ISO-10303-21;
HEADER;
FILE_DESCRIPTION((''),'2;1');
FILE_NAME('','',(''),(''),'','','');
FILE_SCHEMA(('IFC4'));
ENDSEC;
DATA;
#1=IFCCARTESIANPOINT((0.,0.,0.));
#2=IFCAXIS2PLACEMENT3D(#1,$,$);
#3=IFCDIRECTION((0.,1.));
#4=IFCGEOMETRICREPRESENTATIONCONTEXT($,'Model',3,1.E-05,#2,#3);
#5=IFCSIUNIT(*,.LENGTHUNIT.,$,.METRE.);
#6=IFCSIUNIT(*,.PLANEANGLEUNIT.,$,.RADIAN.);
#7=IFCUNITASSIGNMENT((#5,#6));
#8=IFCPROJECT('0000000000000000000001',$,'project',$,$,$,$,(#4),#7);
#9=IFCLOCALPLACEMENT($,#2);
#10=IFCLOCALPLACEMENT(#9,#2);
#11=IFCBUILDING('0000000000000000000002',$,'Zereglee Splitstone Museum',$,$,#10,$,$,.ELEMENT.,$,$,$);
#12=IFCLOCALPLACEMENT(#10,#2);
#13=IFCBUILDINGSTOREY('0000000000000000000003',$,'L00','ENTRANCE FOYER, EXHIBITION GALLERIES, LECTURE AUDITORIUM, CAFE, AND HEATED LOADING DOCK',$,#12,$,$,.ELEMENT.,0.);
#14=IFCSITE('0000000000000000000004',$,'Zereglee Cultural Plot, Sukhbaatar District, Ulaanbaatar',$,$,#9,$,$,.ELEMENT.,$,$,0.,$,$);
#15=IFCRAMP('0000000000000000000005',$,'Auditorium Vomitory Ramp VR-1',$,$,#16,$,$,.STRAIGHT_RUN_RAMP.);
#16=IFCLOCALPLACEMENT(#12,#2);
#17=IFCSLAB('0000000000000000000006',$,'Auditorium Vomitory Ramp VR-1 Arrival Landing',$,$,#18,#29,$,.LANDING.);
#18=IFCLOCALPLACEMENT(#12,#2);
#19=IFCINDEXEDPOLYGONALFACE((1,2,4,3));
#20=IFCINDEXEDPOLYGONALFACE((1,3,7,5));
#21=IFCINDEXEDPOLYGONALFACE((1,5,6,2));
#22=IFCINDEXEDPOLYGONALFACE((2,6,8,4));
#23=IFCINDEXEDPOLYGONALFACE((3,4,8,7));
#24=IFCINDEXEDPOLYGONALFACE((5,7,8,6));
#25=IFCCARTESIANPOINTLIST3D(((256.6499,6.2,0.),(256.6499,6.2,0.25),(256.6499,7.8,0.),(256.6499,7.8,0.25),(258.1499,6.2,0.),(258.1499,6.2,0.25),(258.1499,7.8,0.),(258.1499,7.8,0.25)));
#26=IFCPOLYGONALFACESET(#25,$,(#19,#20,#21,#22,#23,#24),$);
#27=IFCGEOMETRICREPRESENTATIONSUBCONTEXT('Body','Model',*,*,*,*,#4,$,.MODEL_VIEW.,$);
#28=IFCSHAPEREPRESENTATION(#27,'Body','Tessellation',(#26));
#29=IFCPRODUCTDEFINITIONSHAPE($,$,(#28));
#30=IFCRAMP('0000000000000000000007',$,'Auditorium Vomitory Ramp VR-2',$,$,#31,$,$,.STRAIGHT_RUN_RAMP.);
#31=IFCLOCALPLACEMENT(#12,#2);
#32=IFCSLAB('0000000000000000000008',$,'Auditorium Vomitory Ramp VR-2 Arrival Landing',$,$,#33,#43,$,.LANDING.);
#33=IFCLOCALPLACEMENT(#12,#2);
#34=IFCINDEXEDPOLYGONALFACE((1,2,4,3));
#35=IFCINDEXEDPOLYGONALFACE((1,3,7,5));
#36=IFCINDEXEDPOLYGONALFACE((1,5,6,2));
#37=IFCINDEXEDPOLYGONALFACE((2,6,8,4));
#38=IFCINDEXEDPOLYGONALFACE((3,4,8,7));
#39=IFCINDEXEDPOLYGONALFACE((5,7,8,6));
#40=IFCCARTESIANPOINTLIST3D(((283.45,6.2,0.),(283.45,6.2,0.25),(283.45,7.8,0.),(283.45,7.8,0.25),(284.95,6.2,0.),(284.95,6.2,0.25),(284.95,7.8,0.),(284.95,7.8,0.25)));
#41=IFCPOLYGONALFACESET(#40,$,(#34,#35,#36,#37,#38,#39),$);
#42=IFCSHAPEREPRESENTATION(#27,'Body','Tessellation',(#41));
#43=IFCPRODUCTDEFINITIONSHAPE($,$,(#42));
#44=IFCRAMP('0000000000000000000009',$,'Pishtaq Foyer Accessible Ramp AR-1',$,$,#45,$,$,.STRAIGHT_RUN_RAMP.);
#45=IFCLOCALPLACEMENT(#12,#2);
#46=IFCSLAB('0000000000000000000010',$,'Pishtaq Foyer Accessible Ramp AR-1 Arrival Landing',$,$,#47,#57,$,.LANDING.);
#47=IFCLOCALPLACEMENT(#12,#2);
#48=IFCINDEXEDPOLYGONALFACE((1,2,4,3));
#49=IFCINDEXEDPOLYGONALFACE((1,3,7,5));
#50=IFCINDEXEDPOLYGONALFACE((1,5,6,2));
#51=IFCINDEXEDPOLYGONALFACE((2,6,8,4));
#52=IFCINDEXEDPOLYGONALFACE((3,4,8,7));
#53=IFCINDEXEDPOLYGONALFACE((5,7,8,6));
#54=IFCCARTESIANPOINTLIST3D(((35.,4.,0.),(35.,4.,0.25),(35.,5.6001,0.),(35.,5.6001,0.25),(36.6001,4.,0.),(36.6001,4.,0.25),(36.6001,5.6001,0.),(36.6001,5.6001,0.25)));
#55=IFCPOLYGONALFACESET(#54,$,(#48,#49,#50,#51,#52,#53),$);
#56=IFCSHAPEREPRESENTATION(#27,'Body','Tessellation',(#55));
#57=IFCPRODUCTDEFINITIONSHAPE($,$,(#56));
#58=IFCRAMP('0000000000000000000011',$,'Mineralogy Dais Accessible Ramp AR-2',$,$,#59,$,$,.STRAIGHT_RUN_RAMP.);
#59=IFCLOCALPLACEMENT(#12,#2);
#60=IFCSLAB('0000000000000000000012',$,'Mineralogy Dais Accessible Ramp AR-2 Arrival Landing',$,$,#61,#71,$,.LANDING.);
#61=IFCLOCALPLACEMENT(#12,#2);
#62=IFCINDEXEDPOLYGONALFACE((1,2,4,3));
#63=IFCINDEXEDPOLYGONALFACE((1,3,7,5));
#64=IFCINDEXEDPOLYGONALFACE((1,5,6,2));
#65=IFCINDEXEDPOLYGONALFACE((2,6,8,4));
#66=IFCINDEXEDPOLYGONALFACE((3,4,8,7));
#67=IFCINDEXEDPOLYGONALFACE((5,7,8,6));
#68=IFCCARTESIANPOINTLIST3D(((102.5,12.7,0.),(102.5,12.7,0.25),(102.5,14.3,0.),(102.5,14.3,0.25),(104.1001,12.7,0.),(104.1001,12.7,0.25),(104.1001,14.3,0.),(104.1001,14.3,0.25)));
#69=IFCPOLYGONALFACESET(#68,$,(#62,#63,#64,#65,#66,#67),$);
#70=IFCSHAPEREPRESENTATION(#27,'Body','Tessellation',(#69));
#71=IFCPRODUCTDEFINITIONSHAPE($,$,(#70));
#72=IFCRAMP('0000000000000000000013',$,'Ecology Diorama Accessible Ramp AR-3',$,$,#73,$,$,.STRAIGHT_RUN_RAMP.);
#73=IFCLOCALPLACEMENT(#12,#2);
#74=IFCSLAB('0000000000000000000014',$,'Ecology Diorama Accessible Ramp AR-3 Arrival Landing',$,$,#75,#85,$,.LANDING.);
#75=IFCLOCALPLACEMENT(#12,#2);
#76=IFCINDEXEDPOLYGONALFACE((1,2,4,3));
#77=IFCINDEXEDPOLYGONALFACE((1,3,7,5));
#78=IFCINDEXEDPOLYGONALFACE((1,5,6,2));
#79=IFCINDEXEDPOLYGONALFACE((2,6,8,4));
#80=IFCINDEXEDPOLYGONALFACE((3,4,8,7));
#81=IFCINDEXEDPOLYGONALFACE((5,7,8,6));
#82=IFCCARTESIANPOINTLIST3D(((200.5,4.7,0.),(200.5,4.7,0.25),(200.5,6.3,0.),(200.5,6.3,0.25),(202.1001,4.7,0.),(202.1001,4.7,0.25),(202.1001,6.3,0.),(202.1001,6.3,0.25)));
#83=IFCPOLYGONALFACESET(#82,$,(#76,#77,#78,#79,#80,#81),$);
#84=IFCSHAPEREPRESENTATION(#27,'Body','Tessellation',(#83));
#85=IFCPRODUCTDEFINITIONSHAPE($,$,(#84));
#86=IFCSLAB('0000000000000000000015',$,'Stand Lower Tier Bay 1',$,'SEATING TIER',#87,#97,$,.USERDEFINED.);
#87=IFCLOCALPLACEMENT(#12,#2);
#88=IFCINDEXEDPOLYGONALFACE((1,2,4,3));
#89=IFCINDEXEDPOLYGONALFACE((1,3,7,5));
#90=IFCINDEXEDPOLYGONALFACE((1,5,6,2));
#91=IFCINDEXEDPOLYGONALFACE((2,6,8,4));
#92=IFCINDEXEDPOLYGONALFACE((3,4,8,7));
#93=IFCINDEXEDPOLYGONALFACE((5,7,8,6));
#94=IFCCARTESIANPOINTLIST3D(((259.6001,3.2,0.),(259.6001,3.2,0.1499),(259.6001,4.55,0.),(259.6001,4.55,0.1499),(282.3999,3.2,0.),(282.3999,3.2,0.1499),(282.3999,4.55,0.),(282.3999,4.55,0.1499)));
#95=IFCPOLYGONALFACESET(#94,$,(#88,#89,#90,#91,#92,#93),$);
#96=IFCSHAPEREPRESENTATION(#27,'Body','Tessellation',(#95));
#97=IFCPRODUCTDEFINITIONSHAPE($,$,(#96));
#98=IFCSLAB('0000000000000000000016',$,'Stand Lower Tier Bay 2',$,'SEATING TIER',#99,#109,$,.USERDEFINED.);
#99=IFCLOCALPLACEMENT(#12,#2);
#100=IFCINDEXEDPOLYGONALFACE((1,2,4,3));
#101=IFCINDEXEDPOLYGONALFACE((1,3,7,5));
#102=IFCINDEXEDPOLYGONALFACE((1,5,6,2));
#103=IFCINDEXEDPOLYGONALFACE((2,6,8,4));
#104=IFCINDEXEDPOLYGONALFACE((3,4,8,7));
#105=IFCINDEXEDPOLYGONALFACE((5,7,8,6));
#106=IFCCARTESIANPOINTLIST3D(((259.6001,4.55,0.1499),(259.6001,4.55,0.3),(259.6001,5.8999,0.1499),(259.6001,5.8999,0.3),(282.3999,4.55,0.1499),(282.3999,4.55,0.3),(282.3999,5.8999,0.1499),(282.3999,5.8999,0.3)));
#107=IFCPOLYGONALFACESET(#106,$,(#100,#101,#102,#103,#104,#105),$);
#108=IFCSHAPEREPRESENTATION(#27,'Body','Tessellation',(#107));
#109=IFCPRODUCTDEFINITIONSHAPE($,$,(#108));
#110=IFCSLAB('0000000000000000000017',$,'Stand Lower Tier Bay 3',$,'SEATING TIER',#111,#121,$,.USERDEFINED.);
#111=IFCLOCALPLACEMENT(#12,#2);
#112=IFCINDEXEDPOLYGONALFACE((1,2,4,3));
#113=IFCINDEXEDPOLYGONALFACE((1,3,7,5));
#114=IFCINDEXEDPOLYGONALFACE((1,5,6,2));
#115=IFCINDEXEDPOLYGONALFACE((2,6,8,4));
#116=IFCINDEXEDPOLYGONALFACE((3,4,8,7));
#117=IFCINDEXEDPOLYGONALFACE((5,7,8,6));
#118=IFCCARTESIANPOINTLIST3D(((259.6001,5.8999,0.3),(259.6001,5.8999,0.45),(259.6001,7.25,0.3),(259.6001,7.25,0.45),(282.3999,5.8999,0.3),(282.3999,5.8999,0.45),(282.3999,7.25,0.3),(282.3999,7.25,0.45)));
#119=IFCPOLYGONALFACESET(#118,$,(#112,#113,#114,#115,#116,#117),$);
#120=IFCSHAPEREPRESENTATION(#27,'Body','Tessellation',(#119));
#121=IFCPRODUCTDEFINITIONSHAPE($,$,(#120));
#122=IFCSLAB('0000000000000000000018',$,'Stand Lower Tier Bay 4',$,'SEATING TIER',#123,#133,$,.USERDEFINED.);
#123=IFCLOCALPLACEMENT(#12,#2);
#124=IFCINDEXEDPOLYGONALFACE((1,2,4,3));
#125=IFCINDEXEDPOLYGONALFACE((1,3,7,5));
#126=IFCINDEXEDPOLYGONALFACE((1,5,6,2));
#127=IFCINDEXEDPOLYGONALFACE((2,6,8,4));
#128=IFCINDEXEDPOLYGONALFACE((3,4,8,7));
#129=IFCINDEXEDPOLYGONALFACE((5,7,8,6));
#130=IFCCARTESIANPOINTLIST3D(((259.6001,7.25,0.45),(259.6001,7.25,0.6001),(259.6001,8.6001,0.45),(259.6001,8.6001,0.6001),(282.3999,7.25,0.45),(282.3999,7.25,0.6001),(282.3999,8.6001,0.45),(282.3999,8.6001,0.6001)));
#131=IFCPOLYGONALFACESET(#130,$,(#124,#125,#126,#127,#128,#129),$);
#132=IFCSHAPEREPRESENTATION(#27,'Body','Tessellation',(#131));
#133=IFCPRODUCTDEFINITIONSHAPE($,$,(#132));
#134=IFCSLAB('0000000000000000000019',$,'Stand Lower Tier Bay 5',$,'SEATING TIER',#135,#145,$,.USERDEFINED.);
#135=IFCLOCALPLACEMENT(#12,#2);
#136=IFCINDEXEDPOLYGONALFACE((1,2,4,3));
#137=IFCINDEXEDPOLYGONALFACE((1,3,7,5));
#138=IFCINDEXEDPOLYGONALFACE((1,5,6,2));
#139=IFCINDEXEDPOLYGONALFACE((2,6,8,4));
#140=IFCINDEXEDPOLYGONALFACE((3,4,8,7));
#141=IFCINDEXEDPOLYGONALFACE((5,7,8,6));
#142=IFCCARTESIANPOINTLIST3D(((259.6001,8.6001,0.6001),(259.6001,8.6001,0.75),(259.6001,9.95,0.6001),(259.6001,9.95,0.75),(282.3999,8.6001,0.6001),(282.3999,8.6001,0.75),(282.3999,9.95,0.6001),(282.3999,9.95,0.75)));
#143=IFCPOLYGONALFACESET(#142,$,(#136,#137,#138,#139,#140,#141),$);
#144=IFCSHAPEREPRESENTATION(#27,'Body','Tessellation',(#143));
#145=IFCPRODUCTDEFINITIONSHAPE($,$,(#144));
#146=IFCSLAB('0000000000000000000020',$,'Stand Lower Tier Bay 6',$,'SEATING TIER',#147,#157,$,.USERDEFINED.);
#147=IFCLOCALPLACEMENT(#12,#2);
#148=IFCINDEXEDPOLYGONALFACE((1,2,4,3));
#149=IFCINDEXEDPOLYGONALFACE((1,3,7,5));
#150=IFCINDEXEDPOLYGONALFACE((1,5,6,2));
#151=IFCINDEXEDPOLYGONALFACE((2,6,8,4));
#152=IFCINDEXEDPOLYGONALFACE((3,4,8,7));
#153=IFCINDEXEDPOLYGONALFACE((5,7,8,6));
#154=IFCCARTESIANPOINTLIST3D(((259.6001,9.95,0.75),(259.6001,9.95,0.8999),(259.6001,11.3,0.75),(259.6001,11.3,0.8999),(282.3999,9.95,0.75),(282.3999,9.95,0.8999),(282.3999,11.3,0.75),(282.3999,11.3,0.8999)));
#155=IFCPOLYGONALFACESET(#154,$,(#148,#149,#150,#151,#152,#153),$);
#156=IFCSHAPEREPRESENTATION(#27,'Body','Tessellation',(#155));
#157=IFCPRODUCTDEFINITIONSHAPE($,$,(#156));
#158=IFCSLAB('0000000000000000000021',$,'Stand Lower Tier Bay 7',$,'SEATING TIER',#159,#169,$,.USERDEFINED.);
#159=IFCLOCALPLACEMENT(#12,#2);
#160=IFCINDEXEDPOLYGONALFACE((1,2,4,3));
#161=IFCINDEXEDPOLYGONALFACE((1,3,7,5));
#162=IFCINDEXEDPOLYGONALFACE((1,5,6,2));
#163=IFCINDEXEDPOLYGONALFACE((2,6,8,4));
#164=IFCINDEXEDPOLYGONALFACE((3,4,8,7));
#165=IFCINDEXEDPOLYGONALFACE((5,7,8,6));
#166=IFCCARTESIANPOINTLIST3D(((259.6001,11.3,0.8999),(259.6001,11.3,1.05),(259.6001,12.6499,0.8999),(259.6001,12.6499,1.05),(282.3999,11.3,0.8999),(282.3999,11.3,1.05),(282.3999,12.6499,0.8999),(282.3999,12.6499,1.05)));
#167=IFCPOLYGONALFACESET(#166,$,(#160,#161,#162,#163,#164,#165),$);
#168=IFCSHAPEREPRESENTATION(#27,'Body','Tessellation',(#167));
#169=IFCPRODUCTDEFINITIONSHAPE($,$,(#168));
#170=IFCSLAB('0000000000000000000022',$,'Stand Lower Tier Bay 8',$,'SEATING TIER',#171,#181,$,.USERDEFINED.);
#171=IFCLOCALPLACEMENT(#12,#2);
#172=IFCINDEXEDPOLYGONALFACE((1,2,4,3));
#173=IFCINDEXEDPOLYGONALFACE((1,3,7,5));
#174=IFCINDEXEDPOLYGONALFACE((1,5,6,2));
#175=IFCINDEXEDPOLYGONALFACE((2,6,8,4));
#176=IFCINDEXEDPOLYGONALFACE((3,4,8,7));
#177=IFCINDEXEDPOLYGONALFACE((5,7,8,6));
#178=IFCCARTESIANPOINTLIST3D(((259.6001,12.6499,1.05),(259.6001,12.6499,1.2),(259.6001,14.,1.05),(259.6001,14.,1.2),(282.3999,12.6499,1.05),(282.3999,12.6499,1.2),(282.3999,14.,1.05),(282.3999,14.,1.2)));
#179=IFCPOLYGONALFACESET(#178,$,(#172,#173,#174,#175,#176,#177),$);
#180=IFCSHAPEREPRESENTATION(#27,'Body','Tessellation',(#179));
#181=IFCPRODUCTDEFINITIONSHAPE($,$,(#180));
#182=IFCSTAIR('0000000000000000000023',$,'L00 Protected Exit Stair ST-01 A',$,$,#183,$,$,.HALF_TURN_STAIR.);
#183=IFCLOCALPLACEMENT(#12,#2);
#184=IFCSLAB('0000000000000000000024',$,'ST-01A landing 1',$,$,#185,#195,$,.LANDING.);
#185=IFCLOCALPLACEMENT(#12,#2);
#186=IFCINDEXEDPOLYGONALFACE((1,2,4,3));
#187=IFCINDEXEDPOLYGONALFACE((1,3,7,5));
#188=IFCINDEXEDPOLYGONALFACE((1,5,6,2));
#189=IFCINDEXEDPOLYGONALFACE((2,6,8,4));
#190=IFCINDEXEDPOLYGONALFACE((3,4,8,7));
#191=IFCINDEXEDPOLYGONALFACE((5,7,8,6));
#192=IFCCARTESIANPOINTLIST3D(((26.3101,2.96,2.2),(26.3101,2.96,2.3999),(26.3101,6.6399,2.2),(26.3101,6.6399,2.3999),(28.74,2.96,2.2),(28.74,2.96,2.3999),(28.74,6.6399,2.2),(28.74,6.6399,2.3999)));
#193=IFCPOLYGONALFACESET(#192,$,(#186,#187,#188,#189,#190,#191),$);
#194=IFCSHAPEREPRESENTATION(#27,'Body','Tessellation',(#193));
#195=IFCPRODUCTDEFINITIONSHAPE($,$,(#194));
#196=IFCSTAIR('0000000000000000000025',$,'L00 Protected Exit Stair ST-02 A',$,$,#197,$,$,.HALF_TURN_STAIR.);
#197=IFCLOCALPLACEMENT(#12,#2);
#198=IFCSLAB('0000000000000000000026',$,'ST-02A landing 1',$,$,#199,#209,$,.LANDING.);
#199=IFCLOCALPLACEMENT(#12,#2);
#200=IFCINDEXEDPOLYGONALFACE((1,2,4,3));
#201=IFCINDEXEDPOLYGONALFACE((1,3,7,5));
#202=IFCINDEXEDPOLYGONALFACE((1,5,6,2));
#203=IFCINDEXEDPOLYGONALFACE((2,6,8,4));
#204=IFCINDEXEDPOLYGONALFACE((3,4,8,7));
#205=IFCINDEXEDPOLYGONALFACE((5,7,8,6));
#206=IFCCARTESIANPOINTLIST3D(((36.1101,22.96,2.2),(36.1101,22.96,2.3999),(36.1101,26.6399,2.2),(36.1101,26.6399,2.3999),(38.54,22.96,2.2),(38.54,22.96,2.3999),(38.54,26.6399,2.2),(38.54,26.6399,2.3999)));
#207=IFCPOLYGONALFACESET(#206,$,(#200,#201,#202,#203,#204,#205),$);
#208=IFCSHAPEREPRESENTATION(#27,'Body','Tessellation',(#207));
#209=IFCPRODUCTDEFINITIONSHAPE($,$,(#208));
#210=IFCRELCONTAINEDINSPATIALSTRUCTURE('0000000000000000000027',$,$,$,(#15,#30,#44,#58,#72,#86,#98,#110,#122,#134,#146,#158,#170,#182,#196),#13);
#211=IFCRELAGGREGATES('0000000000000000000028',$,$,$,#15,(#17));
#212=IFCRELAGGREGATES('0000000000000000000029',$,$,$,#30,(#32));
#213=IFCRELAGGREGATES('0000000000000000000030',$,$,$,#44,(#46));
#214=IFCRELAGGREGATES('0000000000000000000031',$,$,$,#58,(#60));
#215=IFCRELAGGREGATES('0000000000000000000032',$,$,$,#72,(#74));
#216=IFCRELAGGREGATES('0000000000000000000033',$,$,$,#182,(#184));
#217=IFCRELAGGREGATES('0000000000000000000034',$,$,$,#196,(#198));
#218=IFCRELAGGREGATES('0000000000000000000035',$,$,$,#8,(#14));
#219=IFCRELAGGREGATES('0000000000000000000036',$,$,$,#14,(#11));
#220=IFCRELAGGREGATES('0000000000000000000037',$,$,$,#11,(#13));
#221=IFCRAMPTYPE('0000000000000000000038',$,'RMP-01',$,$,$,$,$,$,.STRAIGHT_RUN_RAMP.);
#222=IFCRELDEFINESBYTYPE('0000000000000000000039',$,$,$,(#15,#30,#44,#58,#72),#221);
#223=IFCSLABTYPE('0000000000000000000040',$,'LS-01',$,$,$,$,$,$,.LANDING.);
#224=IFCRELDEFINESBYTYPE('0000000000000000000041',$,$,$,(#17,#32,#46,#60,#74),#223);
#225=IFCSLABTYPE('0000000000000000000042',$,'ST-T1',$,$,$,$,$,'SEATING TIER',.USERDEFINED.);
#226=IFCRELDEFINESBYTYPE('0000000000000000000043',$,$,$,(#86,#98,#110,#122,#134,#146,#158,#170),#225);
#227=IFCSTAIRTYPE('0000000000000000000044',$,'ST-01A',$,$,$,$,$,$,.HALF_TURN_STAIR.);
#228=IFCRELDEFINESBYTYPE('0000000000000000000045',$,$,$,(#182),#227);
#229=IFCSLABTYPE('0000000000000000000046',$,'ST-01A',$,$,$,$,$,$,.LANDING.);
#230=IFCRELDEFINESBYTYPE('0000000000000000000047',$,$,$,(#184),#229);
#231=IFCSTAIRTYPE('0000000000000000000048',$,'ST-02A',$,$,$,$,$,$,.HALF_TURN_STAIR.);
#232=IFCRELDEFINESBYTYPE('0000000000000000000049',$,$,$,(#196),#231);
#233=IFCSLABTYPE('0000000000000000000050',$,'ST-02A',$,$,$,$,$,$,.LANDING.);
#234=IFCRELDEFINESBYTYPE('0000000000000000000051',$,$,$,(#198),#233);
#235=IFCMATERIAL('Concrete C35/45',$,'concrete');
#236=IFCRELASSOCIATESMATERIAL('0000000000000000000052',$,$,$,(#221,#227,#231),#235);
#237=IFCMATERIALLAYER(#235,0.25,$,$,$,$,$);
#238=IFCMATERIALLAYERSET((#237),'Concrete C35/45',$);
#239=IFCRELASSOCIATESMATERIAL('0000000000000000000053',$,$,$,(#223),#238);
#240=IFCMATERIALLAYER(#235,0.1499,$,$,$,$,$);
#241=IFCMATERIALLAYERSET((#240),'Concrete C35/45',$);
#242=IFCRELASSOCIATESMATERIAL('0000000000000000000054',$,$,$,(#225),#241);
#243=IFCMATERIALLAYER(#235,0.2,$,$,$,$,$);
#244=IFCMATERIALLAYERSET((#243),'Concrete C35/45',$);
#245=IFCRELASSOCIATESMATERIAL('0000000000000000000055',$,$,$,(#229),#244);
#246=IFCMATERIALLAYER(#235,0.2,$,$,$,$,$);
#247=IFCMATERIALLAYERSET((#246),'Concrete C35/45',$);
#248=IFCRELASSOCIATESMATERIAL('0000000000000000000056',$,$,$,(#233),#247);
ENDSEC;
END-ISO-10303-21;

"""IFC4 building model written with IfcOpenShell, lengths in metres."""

from ifc_helpers import new_model, si_unit, direction, frame, origin, place, context, subcontext, project, spatial, polyline, outline, extrude, material, layer, layer_set, type_object, element, aggregate, save


model = new_model("IFC4")

# Units and contexts
model_context = context("Model", 3, precision=1e-05, world=origin(), true_north=direction((0.0, 1.0)))
body_context = subcontext(model_context, "Body", "Model", "MODEL_VIEW")
ifc_project = project(units=[si_unit("LENGTHUNIT", "METRE"), si_unit("PLANEANGLEUNIT", "RADIAN")], contexts=[model_context])

# Site, building, storey
site_placement = place(None, origin())
site = spatial("IfcSite", under=ifc_project, at=site_placement, Name="Zereglee Cultural Plot, Sukhbaatar District, Ulaanbaatar", CompositionType="ELEMENT", RefElevation=0.0)
building_placement = place(site_placement, origin())
building = spatial("IfcBuilding", under=site, at=building_placement, Name="Zereglee Splitstone Museum", CompositionType="ELEMENT")
storey_placement = place(building_placement, origin())
storey = spatial("IfcBuildingStorey", under=building, at=storey_placement, Name="L00", Description="ENTRANCE FOYER, EXHIBITION GALLERIES, LECTURE AUDITORIUM, CAFE, AND HEATED LOADING DOCK", CompositionType="ELEMENT", Elevation=0.0)

# Shared definitions
ifc_material_1 = material(Name="Concrete C35/45", Category="concrete")

# Ramps, slabs
ramp_type = type_object("IfcRampType", Name="RMP-01", PredefinedType="STRAIGHT_RUN_RAMP", material=ifc_material_1)
ramp_1_placement = place(storey_placement, origin())
ramp_1 = element("IfcRamp", 1, at=ramp_1_placement, inside=storey, type_object=ramp_type, Name="Auditorium Vomitory Ramp VR-1", PredefinedType="STRAIGHT_RUN_RAMP")
ifc_layer_1 = layer(ifc_material_1, 0.25)
ifc_layer_set_1 = layer_set([ifc_layer_1], Name="Concrete C35/45")
slab_type_1 = type_object("IfcSlabType", Name="LS-01", PredefinedType="LANDING", material=ifc_layer_set_1)
slab_1_placement = place(storey_placement, origin())
slab_1 = element("IfcSlab", 2, at=slab_1_placement, type_object=slab_type_1, Name="Auditorium Vomitory Ramp VR-1 Arrival Landing", PredefinedType="LANDING", context=body_context, shape_type="SweptSolid", body=[
    extrude(outline(polyline([(256.6499, 6.2), (258.1499, 6.2), (258.1499, 7.8), (256.6499, 7.8), (256.6499, 6.2)])), origin(), (0.0, 0.0, 1.0), 0.25),
])
aggregate(ramp_1, [slab_1])
ramp_2_placement = place(storey_placement, origin())
ramp_2 = element("IfcRamp", 3, at=ramp_2_placement, inside=storey, type_object=ramp_type, Name="Auditorium Vomitory Ramp VR-2", PredefinedType="STRAIGHT_RUN_RAMP")
slab_2_placement = place(storey_placement, origin())
slab_2 = element("IfcSlab", 4, at=slab_2_placement, type_object=slab_type_1, Name="Auditorium Vomitory Ramp VR-2 Arrival Landing", PredefinedType="LANDING", context=body_context, shape_type="SweptSolid", body=[
    extrude(outline(polyline([(283.45, 6.2), (284.95, 6.2), (284.95, 7.8), (283.45, 7.8), (283.45, 6.2)])), origin(), (0.0, 0.0, 1.0), 0.25),
])
aggregate(ramp_2, [slab_2])
ramp_3_placement = place(storey_placement, origin())
ramp_3 = element("IfcRamp", 5, at=ramp_3_placement, inside=storey, type_object=ramp_type, Name="Pishtaq Foyer Accessible Ramp AR-1", PredefinedType="STRAIGHT_RUN_RAMP")
slab_3_placement = place(storey_placement, origin())
slab_3 = element("IfcSlab", 6, at=slab_3_placement, type_object=slab_type_1, Name="Pishtaq Foyer Accessible Ramp AR-1 Arrival Landing", PredefinedType="LANDING", context=body_context, shape_type="SweptSolid", body=[
    extrude(outline(polyline([(35.0, 5.6001), (35.0, 4.0), (36.6001, 4.0), (36.6001, 5.6001), (35.0, 5.6001)])), origin(), (0.0, 0.0, 1.0), 0.25),
])
aggregate(ramp_3, [slab_3])
ramp_4_placement = place(storey_placement, origin())
ramp_4 = element("IfcRamp", 7, at=ramp_4_placement, inside=storey, type_object=ramp_type, Name="Mineralogy Dais Accessible Ramp AR-2", PredefinedType="STRAIGHT_RUN_RAMP")
slab_4_placement = place(storey_placement, origin())
slab_4 = element("IfcSlab", 8, at=slab_4_placement, type_object=slab_type_1, Name="Mineralogy Dais Accessible Ramp AR-2 Arrival Landing", PredefinedType="LANDING", context=body_context, shape_type="SweptSolid", body=[
    extrude(outline(polyline([(102.5, 14.3), (102.5, 12.7), (104.1001, 12.7), (104.1001, 14.3), (102.5, 14.3)])), origin(), (0.0, 0.0, 1.0), 0.25),
])
aggregate(ramp_4, [slab_4])
ramp_5_placement = place(storey_placement, origin())
ramp_5 = element("IfcRamp", 9, at=ramp_5_placement, inside=storey, type_object=ramp_type, Name="Ecology Diorama Accessible Ramp AR-3", PredefinedType="STRAIGHT_RUN_RAMP")
slab_5_placement = place(storey_placement, origin())
slab_5 = element("IfcSlab", 10, at=slab_5_placement, type_object=slab_type_1, Name="Ecology Diorama Accessible Ramp AR-3 Arrival Landing", PredefinedType="LANDING", context=body_context, shape_type="SweptSolid", body=[
    extrude(outline(polyline([(200.5, 6.3), (200.5, 4.7), (202.1001, 4.7), (202.1001, 6.3), (200.5, 6.3)])), origin(), (0.0, 0.0, 1.0), 0.25),
])
aggregate(ramp_5, [slab_5])

# Slabs
ifc_layer_2 = layer(ifc_material_1, 0.1499)
ifc_layer_set_2 = layer_set([ifc_layer_2], Name="Concrete C35/45")
slab_type_2 = type_object("IfcSlabType", Name="ST-T1", ElementType="SEATING TIER", PredefinedType="USERDEFINED", material=ifc_layer_set_2)
slab_6_placement = place(storey_placement, origin())
element("IfcSlab", 11, at=slab_6_placement, inside=storey, type_object=slab_type_2, Name="Stand Lower Tier Bay 1", ObjectType="SEATING TIER", PredefinedType="USERDEFINED", context=body_context, shape_type="SweptSolid", body=[
    extrude(outline(polyline([(259.6001, 3.2), (282.3999, 3.2), (282.3999, 4.55), (259.6001, 4.55), (259.6001, 3.2)])), origin(), (0.0, 0.0, 1.0), 0.1499),
])
slab_7_placement = place(storey_placement, frame((0.0, 0.0, 0.1499)))
element("IfcSlab", 12, at=slab_7_placement, inside=storey, type_object=slab_type_2, Name="Stand Lower Tier Bay 2", ObjectType="SEATING TIER", PredefinedType="USERDEFINED", context=body_context, shape_type="SweptSolid", body=[
    extrude(outline(polyline([(259.6001, 4.55), (282.3999, 4.55), (282.3999, 5.8999), (259.6001, 5.8999), (259.6001, 4.55)])), origin(), (0.0, 0.0, 1.0), 0.1501),
])
slab_8_placement = place(storey_placement, frame((0.0, 0.0, 0.3)))
element("IfcSlab", 13, at=slab_8_placement, inside=storey, type_object=slab_type_2, Name="Stand Lower Tier Bay 3", ObjectType="SEATING TIER", PredefinedType="USERDEFINED", context=body_context, shape_type="SweptSolid", body=[
    extrude(outline(polyline([(259.6001, 5.8999), (282.3999, 5.8999), (282.3999, 7.25), (259.6001, 7.25), (259.6001, 5.8999)])), origin(), (0.0, 0.0, 1.0), 0.1499),
])
slab_9_placement = place(storey_placement, frame((0.0, 0.0, 0.45)))
element("IfcSlab", 14, at=slab_9_placement, inside=storey, type_object=slab_type_2, Name="Stand Lower Tier Bay 4", ObjectType="SEATING TIER", PredefinedType="USERDEFINED", context=body_context, shape_type="SweptSolid", body=[
    extrude(outline(polyline([(259.6001, 7.25), (282.3999, 7.25), (282.3999, 8.6001), (259.6001, 8.6001), (259.6001, 7.25)])), origin(), (0.0, 0.0, 1.0), 0.1501),
])
slab_10_placement = place(storey_placement, frame((0.0, 0.0, 0.6001)))
element("IfcSlab", 15, at=slab_10_placement, inside=storey, type_object=slab_type_2, Name="Stand Lower Tier Bay 5", ObjectType="SEATING TIER", PredefinedType="USERDEFINED", context=body_context, shape_type="SweptSolid", body=[
    extrude(outline(polyline([(259.6001, 8.6001), (282.3999, 8.6001), (282.3999, 9.95), (259.6001, 9.95), (259.6001, 8.6001)])), origin(), (0.0, 0.0, 1.0), 0.1499),
])
slab_11_placement = place(storey_placement, frame((0.0, 0.0, 0.75)))
element("IfcSlab", 16, at=slab_11_placement, inside=storey, type_object=slab_type_2, Name="Stand Lower Tier Bay 6", ObjectType="SEATING TIER", PredefinedType="USERDEFINED", context=body_context, shape_type="SweptSolid", body=[
    extrude(outline(polyline([(259.6001, 9.95), (282.3999, 9.95), (282.3999, 11.3), (259.6001, 11.3), (259.6001, 9.95)])), origin(), (0.0, 0.0, 1.0), 0.1499),
])
slab_12_placement = place(storey_placement, frame((0.0, 0.0, 0.8999)))
element("IfcSlab", 17, at=slab_12_placement, inside=storey, type_object=slab_type_2, Name="Stand Lower Tier Bay 7", ObjectType="SEATING TIER", PredefinedType="USERDEFINED", context=body_context, shape_type="SweptSolid", body=[
    extrude(outline(polyline([(259.6001, 11.3), (282.3999, 11.3), (282.3999, 12.6499), (259.6001, 12.6499), (259.6001, 11.3)])), origin(), (0.0, 0.0, 1.0), 0.1501),
])
slab_13_placement = place(storey_placement, frame((0.0, 0.0, 1.05)))
element("IfcSlab", 18, at=slab_13_placement, inside=storey, type_object=slab_type_2, Name="Stand Lower Tier Bay 8", ObjectType="SEATING TIER", PredefinedType="USERDEFINED", context=body_context, shape_type="SweptSolid", body=[
    extrude(outline(polyline([(259.6001, 12.6499), (282.3999, 12.6499), (282.3999, 14.0), (259.6001, 14.0), (259.6001, 12.6499)])), origin(), (0.0, 0.0, 1.0), 0.1499),
])

# Stairs, slabs
stair_type_1 = type_object("IfcStairType", Name="ST-01A", PredefinedType="HALF_TURN_STAIR", material=ifc_material_1)
stair_1_placement = place(storey_placement, origin())
stair_1 = element("IfcStair", 19, at=stair_1_placement, inside=storey, type_object=stair_type_1, Name="L00 Protected Exit Stair ST-01 A", PredefinedType="HALF_TURN_STAIR")
ifc_layer_3 = layer(ifc_material_1, 0.2)
ifc_layer_set_3 = layer_set([ifc_layer_3], Name="Concrete C35/45")
slab_type_3 = type_object("IfcSlabType", Name="ST-01A", PredefinedType="LANDING", material=ifc_layer_set_3)
slab_14_placement = place(storey_placement, frame((0.0, 0.0, 2.2)))
slab_14 = element("IfcSlab", 20, at=slab_14_placement, type_object=slab_type_3, Name="ST-01A landing 1", PredefinedType="LANDING", context=body_context, shape_type="SweptSolid", body=[
    extrude(outline(polyline([(26.3101, 2.96), (28.74, 2.96), (28.74, 6.6399), (26.3101, 6.6399), (26.3101, 2.96)])), origin(), (0.0, 0.0, 1.0), 0.2),
])
aggregate(stair_1, [slab_14])
stair_type_2 = type_object("IfcStairType", Name="ST-02A", PredefinedType="HALF_TURN_STAIR", material=ifc_material_1)
stair_2_placement = place(storey_placement, origin())
stair_2 = element("IfcStair", 21, at=stair_2_placement, inside=storey, type_object=stair_type_2, Name="L00 Protected Exit Stair ST-02 A", PredefinedType="HALF_TURN_STAIR")
ifc_layer_4 = layer(ifc_material_1, 0.2)
ifc_layer_set_4 = layer_set([ifc_layer_4], Name="Concrete C35/45")
slab_type_4 = type_object("IfcSlabType", Name="ST-02A", PredefinedType="LANDING", material=ifc_layer_set_4)
slab_15_placement = place(storey_placement, frame((0.0, 0.0, 2.2)))
slab_15 = element("IfcSlab", 22, at=slab_15_placement, type_object=slab_type_4, Name="ST-02A landing 1", PredefinedType="LANDING", context=body_context, shape_type="SweptSolid", body=[
    extrude(outline(polyline([(36.1101, 22.96), (38.54, 22.96), (38.54, 26.6399), (36.1101, 26.6399), (36.1101, 22.96)])), origin(), (0.0, 0.0, 1.0), 0.2),
])
aggregate(stair_2, [slab_15])

save(model, "model.ifc")
